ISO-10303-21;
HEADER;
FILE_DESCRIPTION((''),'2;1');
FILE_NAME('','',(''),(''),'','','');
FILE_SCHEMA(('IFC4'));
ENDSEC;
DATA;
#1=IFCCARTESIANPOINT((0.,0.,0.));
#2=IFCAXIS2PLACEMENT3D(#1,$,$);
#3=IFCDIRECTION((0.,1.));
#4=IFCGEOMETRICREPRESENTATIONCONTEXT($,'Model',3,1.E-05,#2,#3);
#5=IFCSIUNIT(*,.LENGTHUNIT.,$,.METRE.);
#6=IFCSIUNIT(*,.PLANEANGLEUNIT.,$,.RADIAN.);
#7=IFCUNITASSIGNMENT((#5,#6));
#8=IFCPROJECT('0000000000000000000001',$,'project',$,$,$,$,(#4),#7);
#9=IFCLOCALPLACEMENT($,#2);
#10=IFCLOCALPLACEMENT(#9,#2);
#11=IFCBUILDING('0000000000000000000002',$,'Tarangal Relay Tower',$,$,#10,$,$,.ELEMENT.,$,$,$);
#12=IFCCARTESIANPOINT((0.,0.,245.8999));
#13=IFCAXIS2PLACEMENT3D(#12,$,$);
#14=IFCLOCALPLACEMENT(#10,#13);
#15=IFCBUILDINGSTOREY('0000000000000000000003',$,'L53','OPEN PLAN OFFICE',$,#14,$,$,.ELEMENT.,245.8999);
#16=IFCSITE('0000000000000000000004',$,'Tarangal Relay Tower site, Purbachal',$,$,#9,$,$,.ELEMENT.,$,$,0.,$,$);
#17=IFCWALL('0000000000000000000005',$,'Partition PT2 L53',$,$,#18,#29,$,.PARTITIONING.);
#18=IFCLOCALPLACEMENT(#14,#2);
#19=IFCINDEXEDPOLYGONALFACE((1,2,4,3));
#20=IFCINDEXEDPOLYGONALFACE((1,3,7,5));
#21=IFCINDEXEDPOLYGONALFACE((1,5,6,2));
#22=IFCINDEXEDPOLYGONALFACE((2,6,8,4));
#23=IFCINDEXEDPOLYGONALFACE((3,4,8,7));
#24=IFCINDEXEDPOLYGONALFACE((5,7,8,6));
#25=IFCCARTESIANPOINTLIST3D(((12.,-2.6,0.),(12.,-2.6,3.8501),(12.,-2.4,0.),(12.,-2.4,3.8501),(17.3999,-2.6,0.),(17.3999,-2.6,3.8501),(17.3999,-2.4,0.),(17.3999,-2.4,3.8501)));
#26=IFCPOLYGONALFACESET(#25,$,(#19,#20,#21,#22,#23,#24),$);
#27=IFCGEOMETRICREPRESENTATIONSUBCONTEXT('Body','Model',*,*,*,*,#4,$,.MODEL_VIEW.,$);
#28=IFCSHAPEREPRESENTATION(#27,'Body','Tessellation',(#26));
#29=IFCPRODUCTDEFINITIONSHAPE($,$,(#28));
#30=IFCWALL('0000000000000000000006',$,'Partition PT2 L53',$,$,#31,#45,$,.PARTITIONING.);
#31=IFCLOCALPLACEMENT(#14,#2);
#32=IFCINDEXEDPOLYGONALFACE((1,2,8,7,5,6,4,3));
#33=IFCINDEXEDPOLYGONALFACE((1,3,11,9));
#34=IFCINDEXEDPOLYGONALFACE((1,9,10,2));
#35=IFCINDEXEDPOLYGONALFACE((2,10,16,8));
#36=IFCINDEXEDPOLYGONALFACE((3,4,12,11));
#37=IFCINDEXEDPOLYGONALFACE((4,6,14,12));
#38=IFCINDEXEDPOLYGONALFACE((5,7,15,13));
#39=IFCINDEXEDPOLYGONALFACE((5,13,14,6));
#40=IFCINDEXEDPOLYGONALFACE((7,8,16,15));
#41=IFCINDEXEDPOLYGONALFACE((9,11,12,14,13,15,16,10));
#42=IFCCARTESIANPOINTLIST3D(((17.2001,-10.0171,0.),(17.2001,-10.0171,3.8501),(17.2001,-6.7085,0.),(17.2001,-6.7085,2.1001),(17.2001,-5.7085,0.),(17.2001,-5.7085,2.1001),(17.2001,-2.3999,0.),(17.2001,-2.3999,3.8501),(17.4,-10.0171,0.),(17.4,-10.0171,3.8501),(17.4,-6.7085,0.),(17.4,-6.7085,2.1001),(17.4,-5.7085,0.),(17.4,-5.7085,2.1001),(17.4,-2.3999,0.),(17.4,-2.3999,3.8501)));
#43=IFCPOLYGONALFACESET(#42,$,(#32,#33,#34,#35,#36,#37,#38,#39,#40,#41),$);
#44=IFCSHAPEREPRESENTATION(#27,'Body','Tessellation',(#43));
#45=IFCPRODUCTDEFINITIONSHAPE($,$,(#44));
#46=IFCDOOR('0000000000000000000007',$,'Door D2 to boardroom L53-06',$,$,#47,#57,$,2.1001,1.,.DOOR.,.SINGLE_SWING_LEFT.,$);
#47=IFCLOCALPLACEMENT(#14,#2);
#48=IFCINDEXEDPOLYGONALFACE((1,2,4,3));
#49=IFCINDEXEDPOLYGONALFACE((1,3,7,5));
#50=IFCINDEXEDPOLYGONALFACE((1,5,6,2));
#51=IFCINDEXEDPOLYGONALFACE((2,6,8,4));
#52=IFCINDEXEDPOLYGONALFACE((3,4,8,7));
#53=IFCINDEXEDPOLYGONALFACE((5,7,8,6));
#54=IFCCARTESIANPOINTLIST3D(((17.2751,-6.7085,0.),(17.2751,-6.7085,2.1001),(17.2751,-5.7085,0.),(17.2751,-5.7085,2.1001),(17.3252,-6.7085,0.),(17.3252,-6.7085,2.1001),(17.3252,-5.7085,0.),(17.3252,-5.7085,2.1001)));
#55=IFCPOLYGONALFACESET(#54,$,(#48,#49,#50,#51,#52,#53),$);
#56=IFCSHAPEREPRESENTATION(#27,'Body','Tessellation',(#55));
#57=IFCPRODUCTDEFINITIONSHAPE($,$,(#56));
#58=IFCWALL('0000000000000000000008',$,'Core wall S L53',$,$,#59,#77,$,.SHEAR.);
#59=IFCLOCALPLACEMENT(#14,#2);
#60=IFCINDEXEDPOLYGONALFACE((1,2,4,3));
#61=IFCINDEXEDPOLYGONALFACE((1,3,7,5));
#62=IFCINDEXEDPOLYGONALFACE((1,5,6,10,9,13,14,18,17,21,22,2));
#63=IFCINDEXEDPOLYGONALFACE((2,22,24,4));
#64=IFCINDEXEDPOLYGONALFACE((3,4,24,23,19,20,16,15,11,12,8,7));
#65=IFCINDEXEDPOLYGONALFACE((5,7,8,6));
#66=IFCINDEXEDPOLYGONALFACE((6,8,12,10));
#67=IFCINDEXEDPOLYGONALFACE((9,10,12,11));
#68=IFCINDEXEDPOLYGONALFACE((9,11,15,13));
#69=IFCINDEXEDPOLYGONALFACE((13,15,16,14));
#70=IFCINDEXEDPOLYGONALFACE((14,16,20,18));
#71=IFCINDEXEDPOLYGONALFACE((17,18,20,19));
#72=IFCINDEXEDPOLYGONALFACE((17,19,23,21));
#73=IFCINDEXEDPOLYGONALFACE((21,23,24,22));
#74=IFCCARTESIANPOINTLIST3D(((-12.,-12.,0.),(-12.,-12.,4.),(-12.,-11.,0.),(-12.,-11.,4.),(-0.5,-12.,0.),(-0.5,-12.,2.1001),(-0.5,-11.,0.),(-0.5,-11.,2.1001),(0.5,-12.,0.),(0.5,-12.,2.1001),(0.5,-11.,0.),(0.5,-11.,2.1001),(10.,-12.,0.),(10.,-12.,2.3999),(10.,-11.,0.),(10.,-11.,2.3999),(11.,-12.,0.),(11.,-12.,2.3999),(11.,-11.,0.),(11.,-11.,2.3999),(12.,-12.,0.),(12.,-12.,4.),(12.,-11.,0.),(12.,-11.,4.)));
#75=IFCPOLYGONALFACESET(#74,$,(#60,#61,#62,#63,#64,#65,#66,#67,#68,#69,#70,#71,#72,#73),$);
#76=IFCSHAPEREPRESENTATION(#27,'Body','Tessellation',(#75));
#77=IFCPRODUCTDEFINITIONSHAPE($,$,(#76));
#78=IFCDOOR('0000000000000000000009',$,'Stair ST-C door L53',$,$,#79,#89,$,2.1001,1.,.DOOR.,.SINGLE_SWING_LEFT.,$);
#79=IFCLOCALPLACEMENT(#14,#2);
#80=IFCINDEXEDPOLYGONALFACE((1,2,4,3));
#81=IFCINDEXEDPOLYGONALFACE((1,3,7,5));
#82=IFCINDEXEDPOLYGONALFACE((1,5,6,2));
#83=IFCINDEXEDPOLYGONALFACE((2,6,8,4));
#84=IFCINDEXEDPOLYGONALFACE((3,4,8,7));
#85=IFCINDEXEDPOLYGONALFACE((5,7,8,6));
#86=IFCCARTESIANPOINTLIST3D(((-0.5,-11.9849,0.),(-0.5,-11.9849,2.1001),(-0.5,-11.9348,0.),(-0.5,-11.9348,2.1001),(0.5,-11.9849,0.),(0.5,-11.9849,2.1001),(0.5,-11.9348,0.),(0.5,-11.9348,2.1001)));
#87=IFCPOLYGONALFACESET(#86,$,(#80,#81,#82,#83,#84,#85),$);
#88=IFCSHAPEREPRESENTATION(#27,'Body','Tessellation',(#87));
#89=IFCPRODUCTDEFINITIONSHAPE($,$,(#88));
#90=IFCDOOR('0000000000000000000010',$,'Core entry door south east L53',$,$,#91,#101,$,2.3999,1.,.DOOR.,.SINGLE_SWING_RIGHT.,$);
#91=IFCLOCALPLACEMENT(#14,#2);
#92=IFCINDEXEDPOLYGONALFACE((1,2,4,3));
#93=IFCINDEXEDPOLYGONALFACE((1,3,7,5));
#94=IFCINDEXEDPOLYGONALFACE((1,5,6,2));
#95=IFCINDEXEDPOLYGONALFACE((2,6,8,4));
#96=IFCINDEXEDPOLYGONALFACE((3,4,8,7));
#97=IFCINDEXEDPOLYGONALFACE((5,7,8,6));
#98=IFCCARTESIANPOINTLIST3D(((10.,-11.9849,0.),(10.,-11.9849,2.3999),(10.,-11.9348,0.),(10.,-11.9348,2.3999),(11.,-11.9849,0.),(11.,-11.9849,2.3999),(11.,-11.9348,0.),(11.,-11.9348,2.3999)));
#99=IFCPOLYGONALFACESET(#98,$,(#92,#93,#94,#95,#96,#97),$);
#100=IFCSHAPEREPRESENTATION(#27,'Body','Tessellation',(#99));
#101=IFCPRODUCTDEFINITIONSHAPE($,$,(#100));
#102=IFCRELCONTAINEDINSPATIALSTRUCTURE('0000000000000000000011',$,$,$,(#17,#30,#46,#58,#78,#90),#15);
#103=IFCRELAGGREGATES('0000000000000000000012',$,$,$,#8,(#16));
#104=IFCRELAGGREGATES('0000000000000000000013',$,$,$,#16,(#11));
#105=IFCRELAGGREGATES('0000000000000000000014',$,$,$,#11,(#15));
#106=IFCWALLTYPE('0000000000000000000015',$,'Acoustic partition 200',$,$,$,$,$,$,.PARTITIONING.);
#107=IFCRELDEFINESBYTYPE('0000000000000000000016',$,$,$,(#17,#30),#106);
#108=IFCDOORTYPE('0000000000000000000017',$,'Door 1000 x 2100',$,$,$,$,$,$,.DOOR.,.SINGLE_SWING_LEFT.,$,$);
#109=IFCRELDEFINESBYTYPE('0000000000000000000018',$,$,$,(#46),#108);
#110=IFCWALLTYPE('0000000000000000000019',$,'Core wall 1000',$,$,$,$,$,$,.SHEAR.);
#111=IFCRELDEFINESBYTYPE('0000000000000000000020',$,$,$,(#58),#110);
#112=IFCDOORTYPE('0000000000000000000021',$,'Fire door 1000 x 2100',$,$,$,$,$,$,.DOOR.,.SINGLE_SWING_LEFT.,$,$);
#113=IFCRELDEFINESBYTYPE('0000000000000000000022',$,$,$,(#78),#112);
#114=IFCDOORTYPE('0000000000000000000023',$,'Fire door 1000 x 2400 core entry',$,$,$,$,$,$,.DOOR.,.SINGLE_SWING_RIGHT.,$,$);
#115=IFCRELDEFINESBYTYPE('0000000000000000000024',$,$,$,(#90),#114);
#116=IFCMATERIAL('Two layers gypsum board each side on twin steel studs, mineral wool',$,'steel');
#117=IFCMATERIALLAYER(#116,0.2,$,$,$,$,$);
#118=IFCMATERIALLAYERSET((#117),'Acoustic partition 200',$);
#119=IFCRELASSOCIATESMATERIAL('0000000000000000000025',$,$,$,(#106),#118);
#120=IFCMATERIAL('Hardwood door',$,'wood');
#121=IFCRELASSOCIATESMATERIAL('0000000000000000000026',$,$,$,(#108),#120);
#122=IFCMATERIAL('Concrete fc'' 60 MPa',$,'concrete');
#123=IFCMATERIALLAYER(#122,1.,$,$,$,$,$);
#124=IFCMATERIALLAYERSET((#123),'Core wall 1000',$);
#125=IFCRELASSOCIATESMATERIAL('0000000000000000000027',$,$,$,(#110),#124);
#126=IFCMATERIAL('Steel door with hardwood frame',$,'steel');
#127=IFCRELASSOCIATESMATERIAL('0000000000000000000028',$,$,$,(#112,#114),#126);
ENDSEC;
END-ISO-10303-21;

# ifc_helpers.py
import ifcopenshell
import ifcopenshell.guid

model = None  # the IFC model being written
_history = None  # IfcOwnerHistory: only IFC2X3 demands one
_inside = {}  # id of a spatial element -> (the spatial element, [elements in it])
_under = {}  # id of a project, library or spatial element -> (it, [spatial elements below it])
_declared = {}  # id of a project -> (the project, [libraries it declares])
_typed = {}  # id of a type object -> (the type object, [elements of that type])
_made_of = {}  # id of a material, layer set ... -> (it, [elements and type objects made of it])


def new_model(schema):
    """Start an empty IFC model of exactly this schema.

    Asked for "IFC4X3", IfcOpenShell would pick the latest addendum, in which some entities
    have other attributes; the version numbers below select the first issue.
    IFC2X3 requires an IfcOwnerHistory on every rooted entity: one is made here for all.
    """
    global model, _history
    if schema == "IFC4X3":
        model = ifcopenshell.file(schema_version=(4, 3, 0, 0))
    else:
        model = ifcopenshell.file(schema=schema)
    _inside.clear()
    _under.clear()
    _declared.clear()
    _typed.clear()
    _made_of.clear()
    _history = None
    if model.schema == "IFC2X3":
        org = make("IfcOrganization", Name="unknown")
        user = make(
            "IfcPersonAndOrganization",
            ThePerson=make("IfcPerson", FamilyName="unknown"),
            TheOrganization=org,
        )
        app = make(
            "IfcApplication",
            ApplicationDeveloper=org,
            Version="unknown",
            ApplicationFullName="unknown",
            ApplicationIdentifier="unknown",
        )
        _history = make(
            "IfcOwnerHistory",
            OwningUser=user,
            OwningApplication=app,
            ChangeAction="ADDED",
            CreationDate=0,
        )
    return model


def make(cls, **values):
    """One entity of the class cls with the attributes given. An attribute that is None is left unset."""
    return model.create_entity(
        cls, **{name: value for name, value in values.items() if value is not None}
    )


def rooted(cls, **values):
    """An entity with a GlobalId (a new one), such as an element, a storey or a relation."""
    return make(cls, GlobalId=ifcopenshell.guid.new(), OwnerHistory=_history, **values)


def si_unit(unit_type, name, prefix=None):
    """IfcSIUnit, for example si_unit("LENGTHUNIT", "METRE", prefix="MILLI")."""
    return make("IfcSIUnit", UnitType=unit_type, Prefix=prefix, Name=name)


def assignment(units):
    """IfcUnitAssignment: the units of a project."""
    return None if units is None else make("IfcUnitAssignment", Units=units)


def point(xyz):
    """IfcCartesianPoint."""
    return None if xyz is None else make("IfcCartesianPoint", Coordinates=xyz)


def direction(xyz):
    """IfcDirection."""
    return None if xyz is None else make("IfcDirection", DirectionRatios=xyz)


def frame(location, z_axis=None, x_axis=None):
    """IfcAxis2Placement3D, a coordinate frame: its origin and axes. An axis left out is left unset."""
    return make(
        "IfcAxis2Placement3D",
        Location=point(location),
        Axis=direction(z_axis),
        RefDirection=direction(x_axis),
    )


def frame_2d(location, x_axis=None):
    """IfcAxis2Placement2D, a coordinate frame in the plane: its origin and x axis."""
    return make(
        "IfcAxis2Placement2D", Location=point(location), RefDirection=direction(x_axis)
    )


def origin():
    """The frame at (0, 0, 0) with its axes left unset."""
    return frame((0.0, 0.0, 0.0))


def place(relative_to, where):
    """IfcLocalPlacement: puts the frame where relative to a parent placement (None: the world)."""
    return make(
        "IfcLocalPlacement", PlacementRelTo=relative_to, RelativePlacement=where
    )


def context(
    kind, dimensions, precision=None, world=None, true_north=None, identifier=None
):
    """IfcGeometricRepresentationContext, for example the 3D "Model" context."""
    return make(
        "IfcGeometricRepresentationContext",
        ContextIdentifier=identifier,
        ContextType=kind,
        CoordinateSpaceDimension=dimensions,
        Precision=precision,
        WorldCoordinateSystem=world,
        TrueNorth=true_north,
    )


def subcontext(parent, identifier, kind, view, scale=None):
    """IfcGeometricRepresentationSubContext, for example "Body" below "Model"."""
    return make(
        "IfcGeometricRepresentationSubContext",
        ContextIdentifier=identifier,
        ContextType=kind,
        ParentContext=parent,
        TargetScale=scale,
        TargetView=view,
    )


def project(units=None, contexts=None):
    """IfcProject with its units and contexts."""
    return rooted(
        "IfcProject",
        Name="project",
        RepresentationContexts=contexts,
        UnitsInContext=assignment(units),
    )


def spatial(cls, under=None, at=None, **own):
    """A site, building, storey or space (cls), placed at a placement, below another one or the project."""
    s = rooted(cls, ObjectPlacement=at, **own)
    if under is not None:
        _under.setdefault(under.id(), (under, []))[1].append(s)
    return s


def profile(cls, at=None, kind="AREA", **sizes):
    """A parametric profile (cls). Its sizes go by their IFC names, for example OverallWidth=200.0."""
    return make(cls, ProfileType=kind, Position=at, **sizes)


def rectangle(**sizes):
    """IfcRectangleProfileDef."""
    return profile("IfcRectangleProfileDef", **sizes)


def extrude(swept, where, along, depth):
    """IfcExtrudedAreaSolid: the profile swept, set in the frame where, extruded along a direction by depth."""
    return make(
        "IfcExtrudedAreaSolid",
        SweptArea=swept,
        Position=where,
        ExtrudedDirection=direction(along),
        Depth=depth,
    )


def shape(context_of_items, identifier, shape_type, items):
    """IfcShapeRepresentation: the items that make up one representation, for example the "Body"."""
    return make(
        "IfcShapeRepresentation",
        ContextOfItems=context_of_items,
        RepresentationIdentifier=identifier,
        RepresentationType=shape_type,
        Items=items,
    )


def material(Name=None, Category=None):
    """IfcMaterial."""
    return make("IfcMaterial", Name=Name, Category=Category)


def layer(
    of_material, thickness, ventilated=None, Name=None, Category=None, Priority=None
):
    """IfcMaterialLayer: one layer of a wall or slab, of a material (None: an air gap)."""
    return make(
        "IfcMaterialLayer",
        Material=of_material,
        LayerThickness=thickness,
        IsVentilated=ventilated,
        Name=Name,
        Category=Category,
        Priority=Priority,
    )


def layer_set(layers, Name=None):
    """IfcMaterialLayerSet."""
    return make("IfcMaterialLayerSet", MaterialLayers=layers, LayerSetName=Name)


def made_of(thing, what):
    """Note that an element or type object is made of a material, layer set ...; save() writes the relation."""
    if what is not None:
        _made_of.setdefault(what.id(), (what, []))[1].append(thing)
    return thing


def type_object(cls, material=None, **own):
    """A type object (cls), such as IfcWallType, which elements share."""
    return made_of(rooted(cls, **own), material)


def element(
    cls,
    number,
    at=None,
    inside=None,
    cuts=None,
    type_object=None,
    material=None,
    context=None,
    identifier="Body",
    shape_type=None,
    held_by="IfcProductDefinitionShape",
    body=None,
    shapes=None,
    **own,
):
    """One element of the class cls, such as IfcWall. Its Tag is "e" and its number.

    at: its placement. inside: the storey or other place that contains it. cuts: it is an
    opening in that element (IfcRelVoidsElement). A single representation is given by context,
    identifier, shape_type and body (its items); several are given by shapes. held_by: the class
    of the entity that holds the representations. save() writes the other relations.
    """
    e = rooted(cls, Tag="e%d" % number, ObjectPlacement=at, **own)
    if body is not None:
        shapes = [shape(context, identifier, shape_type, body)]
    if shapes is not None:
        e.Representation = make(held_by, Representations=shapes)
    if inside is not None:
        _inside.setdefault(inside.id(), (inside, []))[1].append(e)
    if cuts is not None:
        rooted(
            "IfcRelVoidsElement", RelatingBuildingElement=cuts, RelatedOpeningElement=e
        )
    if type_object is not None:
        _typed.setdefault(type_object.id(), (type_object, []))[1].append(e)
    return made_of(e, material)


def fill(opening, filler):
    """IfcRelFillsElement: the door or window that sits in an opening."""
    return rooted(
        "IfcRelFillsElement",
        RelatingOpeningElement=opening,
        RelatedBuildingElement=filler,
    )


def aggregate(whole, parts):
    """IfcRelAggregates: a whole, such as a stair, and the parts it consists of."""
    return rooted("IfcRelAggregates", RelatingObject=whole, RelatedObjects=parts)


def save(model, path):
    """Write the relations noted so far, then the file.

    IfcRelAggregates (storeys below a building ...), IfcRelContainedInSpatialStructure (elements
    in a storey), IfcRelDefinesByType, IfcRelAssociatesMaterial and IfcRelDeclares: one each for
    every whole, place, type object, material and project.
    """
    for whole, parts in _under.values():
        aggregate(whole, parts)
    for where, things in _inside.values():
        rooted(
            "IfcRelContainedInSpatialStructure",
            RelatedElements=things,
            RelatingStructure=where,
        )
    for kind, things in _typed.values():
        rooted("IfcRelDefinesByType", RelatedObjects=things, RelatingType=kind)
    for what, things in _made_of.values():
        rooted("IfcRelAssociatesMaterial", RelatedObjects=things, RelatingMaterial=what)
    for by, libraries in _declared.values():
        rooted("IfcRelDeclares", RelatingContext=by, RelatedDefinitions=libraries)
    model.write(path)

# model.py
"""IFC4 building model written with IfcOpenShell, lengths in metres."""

from ifc_helpers import new_model, si_unit, direction, frame, frame_2d, origin, place, context, subcontext, project, spatial, rectangle, extrude, material, layer, layer_set, type_object, element, fill, save


model = new_model("IFC4")

# Units and contexts
model_context = context("Model", 3, precision=1e-05, world=origin(), true_north=direction((0.0, 1.0)))
body_context = subcontext(model_context, "Body", "Model", "MODEL_VIEW")
ifc_project = project(units=[si_unit("LENGTHUNIT", "METRE"), si_unit("PLANEANGLEUNIT", "RADIAN")], contexts=[model_context])

# Site, building, storey
site_placement = place(None, origin())
site = spatial("IfcSite", under=ifc_project, at=site_placement, Name="Tarangal Relay Tower site, Purbachal", CompositionType="ELEMENT", RefElevation=0.0)
building_placement = place(site_placement, origin())
building = spatial("IfcBuilding", under=site, at=building_placement, Name="Tarangal Relay Tower", CompositionType="ELEMENT")
storey_placement = place(building_placement, frame((0.0, 0.0, 245.8999)))
storey = spatial("IfcBuildingStorey", under=building, at=storey_placement, Name="L53", Description="OPEN PLAN OFFICE", CompositionType="ELEMENT", Elevation=245.8999)

# Wall
ifc_material_1 = material(Name="Two layers gypsum board each side on twin steel studs, mineral wool", Category="steel")
ifc_layer_1 = layer(ifc_material_1, 0.2)
ifc_layer_set_1 = layer_set([ifc_layer_1], Name="Acoustic partition 200")
wall_type_1 = type_object("IfcWallType", Name="Acoustic partition 200", PredefinedType="PARTITIONING", material=ifc_layer_set_1)
for number, where, z_axis, x_axis, name in (
    (1, (12.0, -2.5, 0.0), (0.0, 0.0, 1.0), (1.0, 0.0, 0.0), "Partition PT2 L53"),
):
    element("IfcWall", number, at=place(storey_placement, frame(where, z_axis=z_axis, x_axis=x_axis)), inside=storey, type_object=wall_type_1, Name=name, PredefinedType="PARTITIONING", context=body_context, shape_type="SweptSolid", body=[
        extrude(rectangle(XDim=5.3999, YDim=0.2, at=frame_2d((2.7, 0.0))), origin(), (0.0, 0.0, 1.0), 3.8501),
    ])

# Wall, opening, door
wall_1_placement = place(storey_placement, frame((17.3, -10.0171, 0.0), z_axis=(0.0, 0.0, 1.0), x_axis=(0.0, 1.0, 0.0)))
wall_1 = element("IfcWall", 2, at=wall_1_placement, inside=storey, type_object=wall_type_1, Name="Partition PT2 L53", PredefinedType="PARTITIONING", context=body_context, shape_type="SweptSolid", body=[
    extrude(rectangle(XDim=7.6172, YDim=0.2, at=frame_2d((3.8086, 0.0))), origin(), (0.0, 0.0, 1.0), 3.8501),
])
opening_1_placement = place(wall_1_placement, frame((3.3086, 0.0, 0.0)))
opening_1 = element("IfcOpeningElement", 3, at=opening_1_placement, cuts=wall_1, PredefinedType="OPENING", context=body_context, shape_type="SweptSolid", body=[
    extrude(rectangle(XDim=1.0, YDim=2.1001, at=frame_2d((0.5, 1.05))), frame((0.0, 0.1099, 0.0), z_axis=(0.0, -1.0, 0.0), x_axis=(1.0, 0.0, 0.0)), (0.0, 0.0, 1.0), 0.22),
])
ifc_material_2 = material(Name="Hardwood door", Category="wood")
door_type_1 = type_object("IfcDoorType", Name="Door 1000 x 2100", OperationType="SINGLE_SWING_LEFT", PredefinedType="DOOR", material=ifc_material_2)
door_1_placement = place(opening_1_placement, origin())
door_1 = element("IfcDoor", 4, at=door_1_placement, inside=storey, type_object=door_type_1, Name="Door D2 to boardroom L53-06", OperationType="SINGLE_SWING_LEFT", OverallHeight=2.1001, OverallWidth=1.0, PredefinedType="DOOR", context=body_context, shape_type="SweptSolid", body=[
    extrude(rectangle(XDim=1.0, YDim=2.1001, at=frame_2d((0.5, 1.05))), frame((0.0, 0.0249, 0.0), z_axis=(0.0, -1.0, 0.0), x_axis=(1.0, 0.0, 0.0)), (0.0, 0.0, 1.0), 0.05),
])
fill(opening_1, door_1)

# Wall, openings, doors
ifc_material_3 = material(Name="Concrete fc' 60 MPa", Category="concrete")
ifc_layer_2 = layer(ifc_material_3, 1.0)
ifc_layer_set_2 = layer_set([ifc_layer_2], Name="Core wall 1000")
wall_type_2 = type_object("IfcWallType", Name="Core wall 1000", PredefinedType="SHEAR", material=ifc_layer_set_2)
wall_2_placement = place(storey_placement, frame((12.0, -11.5, 0.0), z_axis=(0.0, 0.0, 1.0), x_axis=(-1.0, 0.0, 0.0)))
wall_2 = element("IfcWall", 5, at=wall_2_placement, inside=storey, type_object=wall_type_2, Name="Core wall S L53", PredefinedType="SHEAR", context=body_context, shape_type="SweptSolid", body=[
    extrude(rectangle(XDim=24.0, YDim=1.0, at=frame_2d((12.0, 0.0))), origin(), (0.0, 0.0, 1.0), 4.0),
])
opening_2_placement = place(wall_2_placement, frame((11.5, 0.0, 0.0)))
opening_2 = element("IfcOpeningElement", 6, at=opening_2_placement, cuts=wall_2, PredefinedType="OPENING", context=body_context, shape_type="SweptSolid", body=[
    extrude(rectangle(XDim=1.0, YDim=2.1001, at=frame_2d((0.5, 1.05))), frame((0.0, 0.51, 0.0), z_axis=(0.0, -1.0, 0.0), x_axis=(1.0, 0.0, 0.0)), (0.0, 0.0, 1.0), 1.02),
])
opening_3_placement = place(wall_2_placement, frame((1.0, 0.0, 0.0)))
opening_3 = element("IfcOpeningElement", 7, at=opening_3_placement, cuts=wall_2, PredefinedType="OPENING", context=body_context, shape_type="SweptSolid", body=[
    extrude(rectangle(XDim=1.0, YDim=2.3999, at=frame_2d((0.5, 1.2))), frame((0.0, 0.51, 0.0), z_axis=(0.0, -1.0, 0.0), x_axis=(1.0, 0.0, 0.0)), (0.0, 0.0, 1.0), 1.02),
])
ifc_material_4 = material(Name="Steel door with hardwood frame", Category="steel")
door_type_2 = type_object("IfcDoorType", Name="Fire door 1000 x 2100", OperationType="SINGLE_SWING_LEFT", PredefinedType="DOOR", material=ifc_material_4)
door_2_placement = place(opening_2_placement, origin())
door_2 = element("IfcDoor", 8, at=door_2_placement, inside=storey, type_object=door_type_2, Name="Stair ST-C door L53", OperationType="SINGLE_SWING_LEFT", OverallHeight=2.1001, OverallWidth=1.0, PredefinedType="DOOR", context=body_context, shape_type="SweptSolid", body=[
    extrude(rectangle(XDim=1.0, YDim=2.1001, at=frame_2d((0.5, 1.05))), frame((0.0, 0.4849, 0.0), z_axis=(0.0, -1.0, 0.0), x_axis=(1.0, 0.0, 0.0)), (0.0, 0.0, 1.0), 0.05),
])
fill(opening_2, door_2)
door_type_3 = type_object("IfcDoorType", Name="Fire door 1000 x 2400 core entry", OperationType="SINGLE_SWING_RIGHT", PredefinedType="DOOR", material=ifc_material_4)
door_3_placement = place(opening_3_placement, origin())
door_3 = element("IfcDoor", 9, at=door_3_placement, inside=storey, type_object=door_type_3, Name="Core entry door south east L53", OperationType="SINGLE_SWING_RIGHT", OverallHeight=2.3999, OverallWidth=1.0, PredefinedType="DOOR", context=body_context, shape_type="SweptSolid", body=[
    extrude(rectangle(XDim=1.0, YDim=2.3999, at=frame_2d((0.5, 1.2))), frame((0.0, 0.4849, 0.0), z_axis=(0.0, -1.0, 0.0), x_axis=(1.0, 0.0, 0.0)), (0.0, 0.0, 1.0), 0.05),
])
fill(opening_3, door_3)

save(model, "model.ifc")
